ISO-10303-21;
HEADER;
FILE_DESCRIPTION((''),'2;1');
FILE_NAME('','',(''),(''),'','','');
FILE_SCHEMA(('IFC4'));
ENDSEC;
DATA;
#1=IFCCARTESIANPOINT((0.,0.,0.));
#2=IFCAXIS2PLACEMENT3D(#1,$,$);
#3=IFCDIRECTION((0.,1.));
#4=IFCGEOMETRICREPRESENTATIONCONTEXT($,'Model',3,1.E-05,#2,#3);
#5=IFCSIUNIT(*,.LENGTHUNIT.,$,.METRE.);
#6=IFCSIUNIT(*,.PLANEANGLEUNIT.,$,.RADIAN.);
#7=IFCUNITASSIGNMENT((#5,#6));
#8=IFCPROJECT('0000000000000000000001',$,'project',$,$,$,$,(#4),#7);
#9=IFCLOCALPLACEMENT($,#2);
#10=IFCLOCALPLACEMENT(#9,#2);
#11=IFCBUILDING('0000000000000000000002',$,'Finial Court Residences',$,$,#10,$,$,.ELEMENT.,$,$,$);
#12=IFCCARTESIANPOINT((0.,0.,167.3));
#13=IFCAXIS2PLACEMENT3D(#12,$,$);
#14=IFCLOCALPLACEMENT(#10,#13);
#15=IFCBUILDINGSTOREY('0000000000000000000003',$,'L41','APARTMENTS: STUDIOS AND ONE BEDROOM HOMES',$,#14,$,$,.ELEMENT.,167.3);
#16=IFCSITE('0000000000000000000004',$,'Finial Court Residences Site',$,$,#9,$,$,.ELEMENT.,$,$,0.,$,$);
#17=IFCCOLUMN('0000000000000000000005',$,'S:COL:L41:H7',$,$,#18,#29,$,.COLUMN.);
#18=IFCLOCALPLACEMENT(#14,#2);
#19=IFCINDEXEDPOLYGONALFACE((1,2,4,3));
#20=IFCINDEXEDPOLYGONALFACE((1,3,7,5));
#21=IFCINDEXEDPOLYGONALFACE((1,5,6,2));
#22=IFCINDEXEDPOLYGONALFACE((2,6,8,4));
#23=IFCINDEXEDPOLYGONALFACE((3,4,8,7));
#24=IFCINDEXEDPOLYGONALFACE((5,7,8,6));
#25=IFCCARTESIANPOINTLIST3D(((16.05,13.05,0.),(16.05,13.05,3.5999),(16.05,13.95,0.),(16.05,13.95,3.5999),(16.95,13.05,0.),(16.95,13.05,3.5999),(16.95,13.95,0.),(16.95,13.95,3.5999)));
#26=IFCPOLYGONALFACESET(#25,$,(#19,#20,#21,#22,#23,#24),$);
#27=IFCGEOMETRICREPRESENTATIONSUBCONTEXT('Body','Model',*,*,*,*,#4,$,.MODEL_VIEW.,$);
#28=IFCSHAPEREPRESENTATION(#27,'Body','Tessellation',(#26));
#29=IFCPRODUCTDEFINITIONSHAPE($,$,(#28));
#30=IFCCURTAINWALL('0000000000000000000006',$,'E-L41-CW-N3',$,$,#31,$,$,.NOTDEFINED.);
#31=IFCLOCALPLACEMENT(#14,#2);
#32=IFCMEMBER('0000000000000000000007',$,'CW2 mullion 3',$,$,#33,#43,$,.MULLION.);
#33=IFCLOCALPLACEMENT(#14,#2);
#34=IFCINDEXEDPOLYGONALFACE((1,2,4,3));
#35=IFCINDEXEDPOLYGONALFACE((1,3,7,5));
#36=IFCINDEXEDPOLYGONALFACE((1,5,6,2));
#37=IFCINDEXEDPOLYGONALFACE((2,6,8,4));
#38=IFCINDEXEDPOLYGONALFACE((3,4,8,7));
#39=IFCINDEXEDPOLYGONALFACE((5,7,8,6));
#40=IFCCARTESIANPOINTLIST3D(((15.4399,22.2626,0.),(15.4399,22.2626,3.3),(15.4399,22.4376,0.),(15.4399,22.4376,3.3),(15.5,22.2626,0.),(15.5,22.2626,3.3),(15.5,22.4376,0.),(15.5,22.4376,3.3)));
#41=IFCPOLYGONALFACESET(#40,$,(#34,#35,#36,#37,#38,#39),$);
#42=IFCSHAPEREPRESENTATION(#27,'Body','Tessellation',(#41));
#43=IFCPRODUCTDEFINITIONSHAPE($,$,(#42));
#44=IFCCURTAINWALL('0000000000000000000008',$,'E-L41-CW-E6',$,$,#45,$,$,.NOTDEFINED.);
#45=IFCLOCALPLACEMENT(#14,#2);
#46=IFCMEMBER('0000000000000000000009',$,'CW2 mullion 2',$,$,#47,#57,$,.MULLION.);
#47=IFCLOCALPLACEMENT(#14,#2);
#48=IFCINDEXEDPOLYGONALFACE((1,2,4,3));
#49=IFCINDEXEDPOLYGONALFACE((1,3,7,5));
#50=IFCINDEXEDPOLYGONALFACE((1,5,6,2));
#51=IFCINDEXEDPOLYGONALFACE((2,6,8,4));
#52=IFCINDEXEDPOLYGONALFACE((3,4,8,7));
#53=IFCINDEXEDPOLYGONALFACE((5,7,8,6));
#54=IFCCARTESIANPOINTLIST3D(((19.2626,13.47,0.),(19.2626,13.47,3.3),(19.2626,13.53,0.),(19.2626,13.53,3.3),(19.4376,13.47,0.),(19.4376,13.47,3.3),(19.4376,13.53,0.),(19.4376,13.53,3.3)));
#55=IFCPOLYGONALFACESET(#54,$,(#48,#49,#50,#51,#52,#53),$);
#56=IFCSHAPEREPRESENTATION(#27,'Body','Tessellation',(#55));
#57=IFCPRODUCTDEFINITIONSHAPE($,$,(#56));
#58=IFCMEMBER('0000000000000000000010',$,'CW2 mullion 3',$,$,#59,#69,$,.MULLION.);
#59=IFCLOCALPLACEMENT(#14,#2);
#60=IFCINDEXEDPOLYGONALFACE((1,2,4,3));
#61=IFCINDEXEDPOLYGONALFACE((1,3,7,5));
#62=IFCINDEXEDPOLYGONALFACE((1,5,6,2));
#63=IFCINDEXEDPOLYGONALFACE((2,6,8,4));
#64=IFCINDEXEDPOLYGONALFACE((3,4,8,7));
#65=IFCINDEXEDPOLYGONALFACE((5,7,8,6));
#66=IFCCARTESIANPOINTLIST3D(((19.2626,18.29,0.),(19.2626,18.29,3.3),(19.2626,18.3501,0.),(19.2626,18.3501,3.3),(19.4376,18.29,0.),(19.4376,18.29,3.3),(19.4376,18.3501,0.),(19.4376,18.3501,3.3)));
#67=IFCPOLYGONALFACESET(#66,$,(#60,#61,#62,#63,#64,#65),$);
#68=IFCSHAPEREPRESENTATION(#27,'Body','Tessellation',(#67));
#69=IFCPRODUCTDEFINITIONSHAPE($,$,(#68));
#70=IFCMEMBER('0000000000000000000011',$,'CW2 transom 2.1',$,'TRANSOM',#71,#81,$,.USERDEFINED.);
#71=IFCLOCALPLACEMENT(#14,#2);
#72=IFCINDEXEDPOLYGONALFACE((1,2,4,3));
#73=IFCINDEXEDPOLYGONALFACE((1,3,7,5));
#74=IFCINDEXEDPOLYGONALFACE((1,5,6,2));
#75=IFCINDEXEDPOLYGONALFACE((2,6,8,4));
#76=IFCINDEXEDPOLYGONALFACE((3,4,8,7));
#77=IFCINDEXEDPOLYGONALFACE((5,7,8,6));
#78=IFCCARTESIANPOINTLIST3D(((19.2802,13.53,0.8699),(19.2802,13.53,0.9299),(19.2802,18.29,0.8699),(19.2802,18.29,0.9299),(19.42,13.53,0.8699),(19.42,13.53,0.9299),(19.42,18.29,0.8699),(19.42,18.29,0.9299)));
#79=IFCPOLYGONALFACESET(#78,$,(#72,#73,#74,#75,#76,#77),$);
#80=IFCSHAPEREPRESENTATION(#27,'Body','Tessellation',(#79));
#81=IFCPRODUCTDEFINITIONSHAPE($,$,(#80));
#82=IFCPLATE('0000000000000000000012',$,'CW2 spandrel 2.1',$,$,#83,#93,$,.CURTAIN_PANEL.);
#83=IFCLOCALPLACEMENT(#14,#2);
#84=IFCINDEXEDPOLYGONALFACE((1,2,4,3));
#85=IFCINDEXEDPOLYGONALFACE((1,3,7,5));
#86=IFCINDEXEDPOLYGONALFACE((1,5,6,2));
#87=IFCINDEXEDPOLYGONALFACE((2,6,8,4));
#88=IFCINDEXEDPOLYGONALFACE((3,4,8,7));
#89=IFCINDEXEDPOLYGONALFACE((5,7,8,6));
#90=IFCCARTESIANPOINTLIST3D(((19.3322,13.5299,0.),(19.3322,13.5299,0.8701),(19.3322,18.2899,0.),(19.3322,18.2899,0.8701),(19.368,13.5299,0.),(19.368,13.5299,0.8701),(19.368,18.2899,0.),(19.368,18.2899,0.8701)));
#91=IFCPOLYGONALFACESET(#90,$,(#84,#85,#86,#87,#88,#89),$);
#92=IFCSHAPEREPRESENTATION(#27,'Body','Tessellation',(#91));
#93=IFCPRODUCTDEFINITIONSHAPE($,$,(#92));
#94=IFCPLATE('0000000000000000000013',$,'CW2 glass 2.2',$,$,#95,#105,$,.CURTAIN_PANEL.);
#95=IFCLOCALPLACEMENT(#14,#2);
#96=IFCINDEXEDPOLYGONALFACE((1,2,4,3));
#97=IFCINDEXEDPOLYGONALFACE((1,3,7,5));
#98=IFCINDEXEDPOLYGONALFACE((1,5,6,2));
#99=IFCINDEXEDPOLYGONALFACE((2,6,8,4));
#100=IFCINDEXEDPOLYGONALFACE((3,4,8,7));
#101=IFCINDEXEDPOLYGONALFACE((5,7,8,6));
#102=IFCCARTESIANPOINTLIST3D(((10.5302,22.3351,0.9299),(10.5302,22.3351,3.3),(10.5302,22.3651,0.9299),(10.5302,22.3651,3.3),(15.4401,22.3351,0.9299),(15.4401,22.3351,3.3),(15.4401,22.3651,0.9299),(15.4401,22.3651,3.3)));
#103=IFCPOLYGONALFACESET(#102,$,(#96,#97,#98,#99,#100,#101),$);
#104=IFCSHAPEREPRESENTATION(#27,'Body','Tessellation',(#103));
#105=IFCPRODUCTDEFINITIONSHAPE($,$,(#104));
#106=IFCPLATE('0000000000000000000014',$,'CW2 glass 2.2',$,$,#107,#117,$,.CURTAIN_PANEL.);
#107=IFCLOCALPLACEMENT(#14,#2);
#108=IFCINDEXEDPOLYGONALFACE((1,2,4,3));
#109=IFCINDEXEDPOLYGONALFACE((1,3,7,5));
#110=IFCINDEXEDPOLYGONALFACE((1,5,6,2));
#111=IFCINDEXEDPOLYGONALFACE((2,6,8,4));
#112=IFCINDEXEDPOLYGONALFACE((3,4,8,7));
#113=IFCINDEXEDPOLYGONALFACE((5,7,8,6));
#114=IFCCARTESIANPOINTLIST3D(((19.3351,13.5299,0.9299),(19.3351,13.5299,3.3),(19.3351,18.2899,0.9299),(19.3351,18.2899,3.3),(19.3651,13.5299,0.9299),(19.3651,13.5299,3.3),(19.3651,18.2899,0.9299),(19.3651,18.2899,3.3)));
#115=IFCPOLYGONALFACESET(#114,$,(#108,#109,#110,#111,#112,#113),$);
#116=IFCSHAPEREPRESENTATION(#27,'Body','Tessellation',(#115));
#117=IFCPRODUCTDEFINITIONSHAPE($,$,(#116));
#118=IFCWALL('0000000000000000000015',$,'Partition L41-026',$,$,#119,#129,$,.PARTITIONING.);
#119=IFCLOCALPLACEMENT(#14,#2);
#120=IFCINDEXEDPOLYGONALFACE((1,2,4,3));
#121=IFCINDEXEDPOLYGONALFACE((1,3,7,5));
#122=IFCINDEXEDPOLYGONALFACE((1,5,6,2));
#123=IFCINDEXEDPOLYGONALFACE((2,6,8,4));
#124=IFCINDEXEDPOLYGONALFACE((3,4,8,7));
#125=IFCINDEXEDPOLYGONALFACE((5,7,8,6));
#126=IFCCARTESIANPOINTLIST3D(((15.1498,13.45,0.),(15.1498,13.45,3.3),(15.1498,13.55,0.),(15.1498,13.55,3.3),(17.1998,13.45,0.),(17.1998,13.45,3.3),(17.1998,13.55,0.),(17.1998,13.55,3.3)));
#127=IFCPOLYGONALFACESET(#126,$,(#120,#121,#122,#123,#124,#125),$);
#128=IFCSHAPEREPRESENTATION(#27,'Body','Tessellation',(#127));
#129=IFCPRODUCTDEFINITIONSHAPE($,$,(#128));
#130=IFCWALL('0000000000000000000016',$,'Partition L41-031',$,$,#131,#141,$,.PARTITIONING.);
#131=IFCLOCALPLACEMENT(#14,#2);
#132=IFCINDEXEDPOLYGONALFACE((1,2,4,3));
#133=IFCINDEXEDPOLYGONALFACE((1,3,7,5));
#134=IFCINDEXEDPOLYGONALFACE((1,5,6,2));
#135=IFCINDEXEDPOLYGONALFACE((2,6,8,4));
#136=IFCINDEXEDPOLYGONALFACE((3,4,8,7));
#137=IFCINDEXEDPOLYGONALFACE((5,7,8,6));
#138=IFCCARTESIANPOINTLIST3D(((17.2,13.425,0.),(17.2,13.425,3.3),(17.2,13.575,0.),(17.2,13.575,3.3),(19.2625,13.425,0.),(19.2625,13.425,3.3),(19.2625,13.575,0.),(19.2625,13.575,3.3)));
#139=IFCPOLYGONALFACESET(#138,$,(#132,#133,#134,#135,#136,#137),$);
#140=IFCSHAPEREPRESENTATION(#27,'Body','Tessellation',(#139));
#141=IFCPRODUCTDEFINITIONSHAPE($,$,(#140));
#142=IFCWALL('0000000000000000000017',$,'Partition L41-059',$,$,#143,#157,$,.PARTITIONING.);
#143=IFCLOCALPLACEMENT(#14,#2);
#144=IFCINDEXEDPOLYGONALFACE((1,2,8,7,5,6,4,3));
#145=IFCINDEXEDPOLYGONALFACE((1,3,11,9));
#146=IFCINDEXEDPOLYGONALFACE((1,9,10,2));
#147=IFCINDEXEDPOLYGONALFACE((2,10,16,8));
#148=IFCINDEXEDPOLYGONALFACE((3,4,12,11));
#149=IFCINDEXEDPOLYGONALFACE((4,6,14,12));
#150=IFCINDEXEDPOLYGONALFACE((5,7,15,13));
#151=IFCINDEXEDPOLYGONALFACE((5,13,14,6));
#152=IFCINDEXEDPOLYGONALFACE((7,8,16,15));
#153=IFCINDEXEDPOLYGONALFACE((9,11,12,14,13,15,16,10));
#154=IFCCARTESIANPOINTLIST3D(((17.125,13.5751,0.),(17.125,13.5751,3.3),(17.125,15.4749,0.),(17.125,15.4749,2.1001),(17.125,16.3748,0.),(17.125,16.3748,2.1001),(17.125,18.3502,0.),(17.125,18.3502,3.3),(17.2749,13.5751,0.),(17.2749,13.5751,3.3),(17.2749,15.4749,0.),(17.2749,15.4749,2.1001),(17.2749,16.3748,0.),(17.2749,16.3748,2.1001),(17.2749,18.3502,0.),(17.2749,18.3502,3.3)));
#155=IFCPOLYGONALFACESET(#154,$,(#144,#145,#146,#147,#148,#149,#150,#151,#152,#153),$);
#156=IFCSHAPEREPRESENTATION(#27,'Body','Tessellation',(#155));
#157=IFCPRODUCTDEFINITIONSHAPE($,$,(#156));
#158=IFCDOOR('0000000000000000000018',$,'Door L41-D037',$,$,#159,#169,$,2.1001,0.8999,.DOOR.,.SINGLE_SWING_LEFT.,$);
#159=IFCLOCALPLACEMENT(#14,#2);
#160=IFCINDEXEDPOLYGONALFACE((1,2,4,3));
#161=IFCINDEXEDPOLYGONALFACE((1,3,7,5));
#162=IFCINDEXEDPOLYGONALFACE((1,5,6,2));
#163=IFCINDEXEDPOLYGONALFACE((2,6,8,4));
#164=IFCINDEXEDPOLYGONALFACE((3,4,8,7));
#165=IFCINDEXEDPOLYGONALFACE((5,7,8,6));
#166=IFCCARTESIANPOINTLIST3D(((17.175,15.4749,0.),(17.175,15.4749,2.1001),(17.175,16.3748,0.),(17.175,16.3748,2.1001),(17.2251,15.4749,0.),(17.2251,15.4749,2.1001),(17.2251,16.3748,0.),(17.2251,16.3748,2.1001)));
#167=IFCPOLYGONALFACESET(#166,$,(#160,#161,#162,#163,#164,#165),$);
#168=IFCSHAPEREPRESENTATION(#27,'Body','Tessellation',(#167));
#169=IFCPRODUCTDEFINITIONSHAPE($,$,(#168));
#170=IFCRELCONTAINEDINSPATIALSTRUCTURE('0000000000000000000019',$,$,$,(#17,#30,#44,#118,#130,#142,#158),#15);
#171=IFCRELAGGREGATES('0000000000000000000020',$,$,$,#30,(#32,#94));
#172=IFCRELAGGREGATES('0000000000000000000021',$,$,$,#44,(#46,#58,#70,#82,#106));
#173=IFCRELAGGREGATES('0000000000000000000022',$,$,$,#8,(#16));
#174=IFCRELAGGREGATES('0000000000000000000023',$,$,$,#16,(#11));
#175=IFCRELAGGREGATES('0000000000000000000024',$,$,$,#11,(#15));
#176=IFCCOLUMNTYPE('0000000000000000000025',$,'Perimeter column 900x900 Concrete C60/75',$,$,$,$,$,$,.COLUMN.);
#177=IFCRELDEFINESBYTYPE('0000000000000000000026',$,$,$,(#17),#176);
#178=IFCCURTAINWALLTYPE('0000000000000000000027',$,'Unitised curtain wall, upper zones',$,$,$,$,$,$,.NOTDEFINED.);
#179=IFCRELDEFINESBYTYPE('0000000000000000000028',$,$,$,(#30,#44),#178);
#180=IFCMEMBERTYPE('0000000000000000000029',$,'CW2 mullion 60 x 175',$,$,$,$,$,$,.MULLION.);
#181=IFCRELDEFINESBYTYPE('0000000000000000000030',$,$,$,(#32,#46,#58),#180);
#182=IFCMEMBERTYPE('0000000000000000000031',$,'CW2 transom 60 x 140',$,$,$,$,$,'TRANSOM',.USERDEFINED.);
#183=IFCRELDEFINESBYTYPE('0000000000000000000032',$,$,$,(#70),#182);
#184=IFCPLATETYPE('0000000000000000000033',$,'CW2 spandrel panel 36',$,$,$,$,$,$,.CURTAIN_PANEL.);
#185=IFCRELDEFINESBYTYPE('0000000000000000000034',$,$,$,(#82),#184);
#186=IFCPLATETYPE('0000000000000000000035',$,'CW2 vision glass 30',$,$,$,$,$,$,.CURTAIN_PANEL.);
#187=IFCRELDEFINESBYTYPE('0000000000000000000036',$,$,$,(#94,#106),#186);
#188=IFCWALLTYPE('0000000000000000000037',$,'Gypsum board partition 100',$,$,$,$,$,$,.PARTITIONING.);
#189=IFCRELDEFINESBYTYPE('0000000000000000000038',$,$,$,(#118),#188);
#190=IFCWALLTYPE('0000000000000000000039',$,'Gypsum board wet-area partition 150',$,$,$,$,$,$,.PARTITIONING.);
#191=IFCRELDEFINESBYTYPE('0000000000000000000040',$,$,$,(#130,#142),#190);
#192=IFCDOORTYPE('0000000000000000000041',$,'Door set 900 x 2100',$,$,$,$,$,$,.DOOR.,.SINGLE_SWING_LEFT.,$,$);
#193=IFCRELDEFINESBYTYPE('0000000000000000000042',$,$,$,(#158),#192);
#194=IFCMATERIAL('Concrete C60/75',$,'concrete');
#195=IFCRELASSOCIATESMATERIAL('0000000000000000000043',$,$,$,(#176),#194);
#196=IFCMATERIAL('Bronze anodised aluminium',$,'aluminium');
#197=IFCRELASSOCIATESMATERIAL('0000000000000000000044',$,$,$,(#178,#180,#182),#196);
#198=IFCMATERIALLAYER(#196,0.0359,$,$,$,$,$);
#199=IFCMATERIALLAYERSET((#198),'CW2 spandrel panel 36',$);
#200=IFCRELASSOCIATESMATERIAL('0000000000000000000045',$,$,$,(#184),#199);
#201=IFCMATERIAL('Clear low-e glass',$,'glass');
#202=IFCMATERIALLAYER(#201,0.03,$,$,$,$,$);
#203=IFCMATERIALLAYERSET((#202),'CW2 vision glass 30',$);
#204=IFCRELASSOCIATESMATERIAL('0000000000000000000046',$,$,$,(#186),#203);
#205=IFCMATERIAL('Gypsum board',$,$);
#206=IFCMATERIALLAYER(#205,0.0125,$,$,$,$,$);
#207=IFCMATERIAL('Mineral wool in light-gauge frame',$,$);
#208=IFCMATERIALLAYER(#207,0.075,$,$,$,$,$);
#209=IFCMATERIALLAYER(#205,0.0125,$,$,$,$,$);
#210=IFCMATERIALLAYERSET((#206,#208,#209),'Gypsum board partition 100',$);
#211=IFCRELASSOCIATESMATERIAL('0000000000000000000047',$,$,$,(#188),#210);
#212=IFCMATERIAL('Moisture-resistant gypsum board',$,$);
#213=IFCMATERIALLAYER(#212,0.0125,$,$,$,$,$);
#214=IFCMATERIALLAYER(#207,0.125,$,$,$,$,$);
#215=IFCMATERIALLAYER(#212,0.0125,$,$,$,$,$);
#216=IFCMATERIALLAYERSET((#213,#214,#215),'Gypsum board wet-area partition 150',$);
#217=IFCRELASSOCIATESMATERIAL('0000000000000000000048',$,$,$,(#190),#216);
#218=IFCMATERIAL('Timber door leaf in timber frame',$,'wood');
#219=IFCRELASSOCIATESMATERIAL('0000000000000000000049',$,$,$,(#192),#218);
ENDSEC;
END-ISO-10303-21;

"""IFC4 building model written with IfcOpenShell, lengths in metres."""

from ifc_helpers import new_model, si_unit, direction, frame, frame_2d, origin, origin_2d, place, context, subcontext, project, spatial, rectangle, extrude, material, layer, layer_set, material_profile, profile_set, type_object, element, fill, aggregate, save


model = new_model("IFC4")

# Units and contexts
model_context = context("Model", 3, precision=1e-05, world=origin(), true_north=direction((0.0, 1.0)))
body_context = subcontext(model_context, "Body", "Model", "MODEL_VIEW")
ifc_project = project(units=[si_unit("LENGTHUNIT", "METRE"), si_unit("PLANEANGLEUNIT", "RADIAN")], contexts=[model_context])

# Site, building, storey
site_placement = place(None, origin())
site = spatial("IfcSite", under=ifc_project, at=site_placement, Name="Finial Court Residences Site", CompositionType="ELEMENT", RefElevation=0.0)
building_placement = place(site_placement, origin())
building = spatial("IfcBuilding", under=site, at=building_placement, Name="Finial Court Residences", CompositionType="ELEMENT")
storey_placement = place(building_placement, frame((0.0, 0.0, 167.3)))
storey = spatial("IfcBuildingStorey", under=building, at=storey_placement, Name="L41", Description="APARTMENTS: STUDIOS AND ONE BEDROOM HOMES", CompositionType="ELEMENT", Elevation=167.3)

# Column
ifc_material_1 = material(Name="Concrete C60/75", Category="concrete")
ifc_material_profile_1 = material_profile(ifc_material_1, rectangle(XDim=0.8999, YDim=0.8999, at=origin_2d()), Name="900x900")
ifc_profile_set_1 = profile_set([ifc_material_profile_1], Name="Concrete C60/75")
column_type = type_object("IfcColumnType", Name="Perimeter column 900x900 Concrete C60/75", PredefinedType="COLUMN", material=ifc_profile_set_1)
column_placement = place(storey_placement, frame((16.5, 13.5, 0.0), z_axis=(0.0, 0.0, 1.0), x_axis=(1.0, 0.0, 0.0)))
element("IfcColumn", 1, at=column_placement, inside=storey, type_object=column_type, Name="S:COL:L41:H7", PredefinedType="COLUMN", context=body_context, shape_type="SweptSolid", body=[
    extrude(rectangle(XDim=0.8999, YDim=0.8999, at=origin_2d()), origin(), (0.0, 0.0, 1.0), 3.5999),
])

# Curtain wall, member
ifc_material_2 = material(Name="Bronze anodised aluminium", Category="aluminium")
curtain_wall_type = type_object("IfcCurtainWallType", Name="Unitised curtain wall, upper zones", PredefinedType="NOTDEFINED", material=ifc_material_2)
curtain_wall_1_placement = place(storey_placement, origin())
curtain_wall_1 = element("IfcCurtainWall", 2, at=curtain_wall_1_placement, inside=storey, type_object=curtain_wall_type, Name="E-L41-CW-N3", PredefinedType="NOTDEFINED")
ifc_material_profile_2 = material_profile(ifc_material_2, rectangle(XDim=0.175, YDim=0.0601, at=origin_2d()), Name="CW2 mullion 60 x 175")
ifc_profile_set_2 = profile_set([ifc_material_profile_2], Name="Bronze anodised aluminium")
member_type_1 = type_object("IfcMemberType", Name="CW2 mullion 60 x 175", PredefinedType="MULLION", material=ifc_profile_set_2)
member_1_placement = place(storey_placement, frame((15.47, 22.3501, 0.0), z_axis=(0.0, 0.0, 1.0), x_axis=(0.0, 1.0, 0.0)))
member_1 = element("IfcMember", 3, at=member_1_placement, type_object=member_type_1, Name="CW2 mullion 3", PredefinedType="MULLION", context=body_context, shape_type="SweptSolid", body=[
    extrude(rectangle(XDim=0.175, YDim=0.0601, at=origin_2d()), origin(), (0.0, 0.0, 1.0), 3.3),
])

# Curtain wall, members, plate
curtain_wall_2_placement = place(storey_placement, origin())
curtain_wall_2 = element("IfcCurtainWall", 4, at=curtain_wall_2_placement, inside=storey, type_object=curtain_wall_type, Name="E-L41-CW-E6", PredefinedType="NOTDEFINED")
member_2_placement = place(storey_placement, frame((19.3501, 13.5, 0.0), z_axis=(0.0, 0.0, 1.0), x_axis=(-1.0, 0.0, 0.0)))
member_2 = element("IfcMember", 5, at=member_2_placement, type_object=member_type_1, Name="CW2 mullion 2", PredefinedType="MULLION", context=body_context, shape_type="SweptSolid", body=[
    extrude(rectangle(XDim=0.175, YDim=0.0601, at=origin_2d()), origin(), (0.0, 0.0, 1.0), 3.3),
])
member_3_placement = place(storey_placement, frame((19.3501, 18.3201, 0.0), z_axis=(0.0, 0.0, 1.0), x_axis=(-1.0, 0.0, 0.0)))
member_3 = element("IfcMember", 6, at=member_3_placement, type_object=member_type_1, Name="CW2 mullion 3", PredefinedType="MULLION", context=body_context, shape_type="SweptSolid", body=[
    extrude(rectangle(XDim=0.175, YDim=0.0601, at=origin_2d()), origin(), (0.0, 0.0, 1.0), 3.3),
])
ifc_material_profile_3 = material_profile(ifc_material_2, rectangle(XDim=0.1399, YDim=0.0601, at=origin_2d()), Name="CW2 transom 60 x 140")
ifc_profile_set_3 = profile_set([ifc_material_profile_3], Name="Bronze anodised aluminium")
member_type_2 = type_object("IfcMemberType", Name="CW2 transom 60 x 140", ElementType="TRANSOM", PredefinedType="USERDEFINED", material=ifc_profile_set_3)
member_4_placement = place(storey_placement, frame((19.3501, 13.53, 0.8999), z_axis=(0.0, 1.0, 0.0), x_axis=(-1.0, 0.0, 0.0)))
member_4 = element("IfcMember", 7, at=member_4_placement, type_object=member_type_2, Name="CW2 transom 2.1", ObjectType="TRANSOM", PredefinedType="USERDEFINED", context=body_context, shape_type="SweptSolid", body=[
    extrude(rectangle(XDim=0.1399, YDim=0.0601, at=origin_2d()), origin(), (0.0, 0.0, 1.0), 4.76),
])
ifc_layer_1 = layer(ifc_material_2, 0.0359)
ifc_layer_set_1 = layer_set([ifc_layer_1], Name="CW2 spandrel panel 36")
plate_type_1 = type_object("IfcPlateType", Name="CW2 spandrel panel 36", PredefinedType="CURTAIN_PANEL", material=ifc_layer_set_1)
plate_1_placement = place(storey_placement, frame((19.3501, 15.9099, 0.0), z_axis=(0.0, 0.0, 1.0), x_axis=(0.0, 1.0, 0.0)))
plate_1 = element("IfcPlate", 8, at=plate_1_placement, type_object=plate_type_1, Name="CW2 spandrel 2.1", PredefinedType="CURTAIN_PANEL", context=body_context, shape_type="SweptSolid", body=[
    extrude(rectangle(XDim=4.76, YDim=0.0359, at=origin_2d()), origin(), (0.0, 0.0, 1.0), 0.8701),
])

# Plates
ifc_material_3 = material(Name="Clear low-e glass", Category="glass")
ifc_layer_2 = layer(ifc_material_3, 0.03)
ifc_layer_set_2 = layer_set([ifc_layer_2], Name="CW2 vision glass 30")
plate_type_2 = type_object("IfcPlateType", Name="CW2 vision glass 30", PredefinedType="CURTAIN_PANEL", material=ifc_layer_set_2)
plate_2_placement = place(storey_placement, frame((12.9851, 22.3501, 0.9299), z_axis=(0.0, 0.0, 1.0), x_axis=(1.0, 0.0, 0.0)))
plate_2 = element("IfcPlate", 9, at=plate_2_placement, type_object=plate_type_2, Name="CW2 glass 2.2", PredefinedType="CURTAIN_PANEL", context=body_context, shape_type="SweptSolid", body=[
    extrude(rectangle(XDim=4.9099, YDim=0.03, at=origin_2d()), origin(), (0.0, 0.0, 1.0), 2.3701),
])
aggregate(curtain_wall_1, [member_1, plate_2])
plate_3_placement = place(storey_placement, frame((19.3501, 15.9099, 0.9299), z_axis=(0.0, 0.0, 1.0), x_axis=(0.0, 1.0, 0.0)))
plate_3 = element("IfcPlate", 10, at=plate_3_placement, type_object=plate_type_2, Name="CW2 glass 2.2", PredefinedType="CURTAIN_PANEL", context=body_context, shape_type="SweptSolid", body=[
    extrude(rectangle(XDim=4.76, YDim=0.03, at=origin_2d()), origin(), (0.0, 0.0, 1.0), 2.3701),
])
aggregate(curtain_wall_2, [member_2, member_3, member_4, plate_1, plate_3])

# Walls
ifc_material_4 = material(Name="Gypsum board")
ifc_layer_3 = layer(ifc_material_4, 0.0125)
ifc_material_5 = material(Name="Mineral wool in light-gauge frame")
ifc_layer_4 = layer(ifc_material_5, 0.075)
ifc_layer_5 = layer(ifc_material_4, 0.0125)
ifc_layer_set_3 = layer_set([ifc_layer_3, ifc_layer_4, ifc_layer_5], Name="Gypsum board partition 100")
wall_type_1 = type_object("IfcWallType", Name="Gypsum board partition 100", PredefinedType="PARTITIONING", material=ifc_layer_set_3)
wall_1_placement = place(storey_placement, frame((15.1499, 13.5, 0.0), z_axis=(0.0, 0.0, 1.0), x_axis=(1.0, 0.0, 0.0)))
element("IfcWall", 11, at=wall_1_placement, inside=storey, type_object=wall_type_1, Name="Partition L41-026", PredefinedType="PARTITIONING", context=body_context, shape_type="SweptSolid", body=[
    extrude(rectangle(XDim=2.05, YDim=0.1001, at=frame_2d((1.0249, 0.0))), origin(), (0.0, 0.0, 1.0), 3.3),
])
ifc_material_6 = material(Name="Moisture-resistant gypsum board")
ifc_layer_6 = layer(ifc_material_6, 0.0125)
ifc_layer_7 = layer(ifc_material_5, 0.125)
ifc_layer_8 = layer(ifc_material_6, 0.0125)
ifc_layer_set_4 = layer_set([ifc_layer_6, ifc_layer_7, ifc_layer_8], Name="Gypsum board wet-area partition 150")
wall_type_2 = type_object("IfcWallType", Name="Gypsum board wet-area partition 150", PredefinedType="PARTITIONING", material=ifc_layer_set_4)
wall_2_placement = place(storey_placement, frame((17.2, 13.5, 0.0), z_axis=(0.0, 0.0, 1.0), x_axis=(1.0, 0.0, 0.0)))
element("IfcWall", 12, at=wall_2_placement, inside=storey, type_object=wall_type_2, Name="Partition L41-031", PredefinedType="PARTITIONING", context=body_context, shape_type="SweptSolid", body=[
    extrude(rectangle(XDim=2.0625, YDim=0.1499, at=frame_2d((1.0312, 0.0))), origin(), (0.0, 0.0, 1.0), 3.3),
])

# Wall, opening, door
wall_3_placement = place(storey_placement, frame((17.2, 13.575, 0.0), z_axis=(0.0, 0.0, 1.0), x_axis=(0.0, 1.0, 0.0)))
wall_3 = element("IfcWall", 13, at=wall_3_placement, inside=storey, type_object=wall_type_2, Name="Partition L41-059", PredefinedType="PARTITIONING", context=body_context, shape_type="SweptSolid", body=[
    extrude(rectangle(XDim=4.7751, YDim=0.1499, at=frame_2d((2.3877, 0.0))), origin(), (0.0, 0.0, 1.0), 3.3),
])
opening_1_placement = place(wall_3_placement, frame((1.8999, 0.0, 0.0)))
opening_1 = element("IfcOpeningElement", 14, at=opening_1_placement, cuts=wall_3, PredefinedType="OPENING", context=body_context, shape_type="SweptSolid", body=[
    extrude(rectangle(XDim=0.8999, YDim=2.1001, at=frame_2d((0.45, 1.05))), frame((0.0, 0.085, 0.0), z_axis=(0.0, -1.0, 0.0), x_axis=(1.0, 0.0, 0.0)), (0.0, 0.0, 1.0), 0.1699),
])
ifc_material_7 = material(Name="Timber door leaf in timber frame", Category="wood")
door_type = type_object("IfcDoorType", Name="Door set 900 x 2100", OperationType="SINGLE_SWING_LEFT", PredefinedType="DOOR", material=ifc_material_7)
door_placement = place(opening_1_placement, origin())
door = element("IfcDoor", 15, at=door_placement, inside=storey, type_object=door_type, Name="Door L41-D037", OperationType="SINGLE_SWING_LEFT", OverallHeight=2.1001, OverallWidth=0.8999, PredefinedType="DOOR", context=body_context, shape_type="SweptSolid", body=[
    extrude(rectangle(XDim=0.8999, YDim=2.1001, at=frame_2d((0.45, 1.05))), frame((0.0, 0.0249, 0.0), z_axis=(0.0, -1.0, 0.0), x_axis=(1.0, 0.0, 0.0)), (0.0, 0.0, 1.0), 0.05),
])
fill(opening_1, door)

save(model, "model.ifc")
